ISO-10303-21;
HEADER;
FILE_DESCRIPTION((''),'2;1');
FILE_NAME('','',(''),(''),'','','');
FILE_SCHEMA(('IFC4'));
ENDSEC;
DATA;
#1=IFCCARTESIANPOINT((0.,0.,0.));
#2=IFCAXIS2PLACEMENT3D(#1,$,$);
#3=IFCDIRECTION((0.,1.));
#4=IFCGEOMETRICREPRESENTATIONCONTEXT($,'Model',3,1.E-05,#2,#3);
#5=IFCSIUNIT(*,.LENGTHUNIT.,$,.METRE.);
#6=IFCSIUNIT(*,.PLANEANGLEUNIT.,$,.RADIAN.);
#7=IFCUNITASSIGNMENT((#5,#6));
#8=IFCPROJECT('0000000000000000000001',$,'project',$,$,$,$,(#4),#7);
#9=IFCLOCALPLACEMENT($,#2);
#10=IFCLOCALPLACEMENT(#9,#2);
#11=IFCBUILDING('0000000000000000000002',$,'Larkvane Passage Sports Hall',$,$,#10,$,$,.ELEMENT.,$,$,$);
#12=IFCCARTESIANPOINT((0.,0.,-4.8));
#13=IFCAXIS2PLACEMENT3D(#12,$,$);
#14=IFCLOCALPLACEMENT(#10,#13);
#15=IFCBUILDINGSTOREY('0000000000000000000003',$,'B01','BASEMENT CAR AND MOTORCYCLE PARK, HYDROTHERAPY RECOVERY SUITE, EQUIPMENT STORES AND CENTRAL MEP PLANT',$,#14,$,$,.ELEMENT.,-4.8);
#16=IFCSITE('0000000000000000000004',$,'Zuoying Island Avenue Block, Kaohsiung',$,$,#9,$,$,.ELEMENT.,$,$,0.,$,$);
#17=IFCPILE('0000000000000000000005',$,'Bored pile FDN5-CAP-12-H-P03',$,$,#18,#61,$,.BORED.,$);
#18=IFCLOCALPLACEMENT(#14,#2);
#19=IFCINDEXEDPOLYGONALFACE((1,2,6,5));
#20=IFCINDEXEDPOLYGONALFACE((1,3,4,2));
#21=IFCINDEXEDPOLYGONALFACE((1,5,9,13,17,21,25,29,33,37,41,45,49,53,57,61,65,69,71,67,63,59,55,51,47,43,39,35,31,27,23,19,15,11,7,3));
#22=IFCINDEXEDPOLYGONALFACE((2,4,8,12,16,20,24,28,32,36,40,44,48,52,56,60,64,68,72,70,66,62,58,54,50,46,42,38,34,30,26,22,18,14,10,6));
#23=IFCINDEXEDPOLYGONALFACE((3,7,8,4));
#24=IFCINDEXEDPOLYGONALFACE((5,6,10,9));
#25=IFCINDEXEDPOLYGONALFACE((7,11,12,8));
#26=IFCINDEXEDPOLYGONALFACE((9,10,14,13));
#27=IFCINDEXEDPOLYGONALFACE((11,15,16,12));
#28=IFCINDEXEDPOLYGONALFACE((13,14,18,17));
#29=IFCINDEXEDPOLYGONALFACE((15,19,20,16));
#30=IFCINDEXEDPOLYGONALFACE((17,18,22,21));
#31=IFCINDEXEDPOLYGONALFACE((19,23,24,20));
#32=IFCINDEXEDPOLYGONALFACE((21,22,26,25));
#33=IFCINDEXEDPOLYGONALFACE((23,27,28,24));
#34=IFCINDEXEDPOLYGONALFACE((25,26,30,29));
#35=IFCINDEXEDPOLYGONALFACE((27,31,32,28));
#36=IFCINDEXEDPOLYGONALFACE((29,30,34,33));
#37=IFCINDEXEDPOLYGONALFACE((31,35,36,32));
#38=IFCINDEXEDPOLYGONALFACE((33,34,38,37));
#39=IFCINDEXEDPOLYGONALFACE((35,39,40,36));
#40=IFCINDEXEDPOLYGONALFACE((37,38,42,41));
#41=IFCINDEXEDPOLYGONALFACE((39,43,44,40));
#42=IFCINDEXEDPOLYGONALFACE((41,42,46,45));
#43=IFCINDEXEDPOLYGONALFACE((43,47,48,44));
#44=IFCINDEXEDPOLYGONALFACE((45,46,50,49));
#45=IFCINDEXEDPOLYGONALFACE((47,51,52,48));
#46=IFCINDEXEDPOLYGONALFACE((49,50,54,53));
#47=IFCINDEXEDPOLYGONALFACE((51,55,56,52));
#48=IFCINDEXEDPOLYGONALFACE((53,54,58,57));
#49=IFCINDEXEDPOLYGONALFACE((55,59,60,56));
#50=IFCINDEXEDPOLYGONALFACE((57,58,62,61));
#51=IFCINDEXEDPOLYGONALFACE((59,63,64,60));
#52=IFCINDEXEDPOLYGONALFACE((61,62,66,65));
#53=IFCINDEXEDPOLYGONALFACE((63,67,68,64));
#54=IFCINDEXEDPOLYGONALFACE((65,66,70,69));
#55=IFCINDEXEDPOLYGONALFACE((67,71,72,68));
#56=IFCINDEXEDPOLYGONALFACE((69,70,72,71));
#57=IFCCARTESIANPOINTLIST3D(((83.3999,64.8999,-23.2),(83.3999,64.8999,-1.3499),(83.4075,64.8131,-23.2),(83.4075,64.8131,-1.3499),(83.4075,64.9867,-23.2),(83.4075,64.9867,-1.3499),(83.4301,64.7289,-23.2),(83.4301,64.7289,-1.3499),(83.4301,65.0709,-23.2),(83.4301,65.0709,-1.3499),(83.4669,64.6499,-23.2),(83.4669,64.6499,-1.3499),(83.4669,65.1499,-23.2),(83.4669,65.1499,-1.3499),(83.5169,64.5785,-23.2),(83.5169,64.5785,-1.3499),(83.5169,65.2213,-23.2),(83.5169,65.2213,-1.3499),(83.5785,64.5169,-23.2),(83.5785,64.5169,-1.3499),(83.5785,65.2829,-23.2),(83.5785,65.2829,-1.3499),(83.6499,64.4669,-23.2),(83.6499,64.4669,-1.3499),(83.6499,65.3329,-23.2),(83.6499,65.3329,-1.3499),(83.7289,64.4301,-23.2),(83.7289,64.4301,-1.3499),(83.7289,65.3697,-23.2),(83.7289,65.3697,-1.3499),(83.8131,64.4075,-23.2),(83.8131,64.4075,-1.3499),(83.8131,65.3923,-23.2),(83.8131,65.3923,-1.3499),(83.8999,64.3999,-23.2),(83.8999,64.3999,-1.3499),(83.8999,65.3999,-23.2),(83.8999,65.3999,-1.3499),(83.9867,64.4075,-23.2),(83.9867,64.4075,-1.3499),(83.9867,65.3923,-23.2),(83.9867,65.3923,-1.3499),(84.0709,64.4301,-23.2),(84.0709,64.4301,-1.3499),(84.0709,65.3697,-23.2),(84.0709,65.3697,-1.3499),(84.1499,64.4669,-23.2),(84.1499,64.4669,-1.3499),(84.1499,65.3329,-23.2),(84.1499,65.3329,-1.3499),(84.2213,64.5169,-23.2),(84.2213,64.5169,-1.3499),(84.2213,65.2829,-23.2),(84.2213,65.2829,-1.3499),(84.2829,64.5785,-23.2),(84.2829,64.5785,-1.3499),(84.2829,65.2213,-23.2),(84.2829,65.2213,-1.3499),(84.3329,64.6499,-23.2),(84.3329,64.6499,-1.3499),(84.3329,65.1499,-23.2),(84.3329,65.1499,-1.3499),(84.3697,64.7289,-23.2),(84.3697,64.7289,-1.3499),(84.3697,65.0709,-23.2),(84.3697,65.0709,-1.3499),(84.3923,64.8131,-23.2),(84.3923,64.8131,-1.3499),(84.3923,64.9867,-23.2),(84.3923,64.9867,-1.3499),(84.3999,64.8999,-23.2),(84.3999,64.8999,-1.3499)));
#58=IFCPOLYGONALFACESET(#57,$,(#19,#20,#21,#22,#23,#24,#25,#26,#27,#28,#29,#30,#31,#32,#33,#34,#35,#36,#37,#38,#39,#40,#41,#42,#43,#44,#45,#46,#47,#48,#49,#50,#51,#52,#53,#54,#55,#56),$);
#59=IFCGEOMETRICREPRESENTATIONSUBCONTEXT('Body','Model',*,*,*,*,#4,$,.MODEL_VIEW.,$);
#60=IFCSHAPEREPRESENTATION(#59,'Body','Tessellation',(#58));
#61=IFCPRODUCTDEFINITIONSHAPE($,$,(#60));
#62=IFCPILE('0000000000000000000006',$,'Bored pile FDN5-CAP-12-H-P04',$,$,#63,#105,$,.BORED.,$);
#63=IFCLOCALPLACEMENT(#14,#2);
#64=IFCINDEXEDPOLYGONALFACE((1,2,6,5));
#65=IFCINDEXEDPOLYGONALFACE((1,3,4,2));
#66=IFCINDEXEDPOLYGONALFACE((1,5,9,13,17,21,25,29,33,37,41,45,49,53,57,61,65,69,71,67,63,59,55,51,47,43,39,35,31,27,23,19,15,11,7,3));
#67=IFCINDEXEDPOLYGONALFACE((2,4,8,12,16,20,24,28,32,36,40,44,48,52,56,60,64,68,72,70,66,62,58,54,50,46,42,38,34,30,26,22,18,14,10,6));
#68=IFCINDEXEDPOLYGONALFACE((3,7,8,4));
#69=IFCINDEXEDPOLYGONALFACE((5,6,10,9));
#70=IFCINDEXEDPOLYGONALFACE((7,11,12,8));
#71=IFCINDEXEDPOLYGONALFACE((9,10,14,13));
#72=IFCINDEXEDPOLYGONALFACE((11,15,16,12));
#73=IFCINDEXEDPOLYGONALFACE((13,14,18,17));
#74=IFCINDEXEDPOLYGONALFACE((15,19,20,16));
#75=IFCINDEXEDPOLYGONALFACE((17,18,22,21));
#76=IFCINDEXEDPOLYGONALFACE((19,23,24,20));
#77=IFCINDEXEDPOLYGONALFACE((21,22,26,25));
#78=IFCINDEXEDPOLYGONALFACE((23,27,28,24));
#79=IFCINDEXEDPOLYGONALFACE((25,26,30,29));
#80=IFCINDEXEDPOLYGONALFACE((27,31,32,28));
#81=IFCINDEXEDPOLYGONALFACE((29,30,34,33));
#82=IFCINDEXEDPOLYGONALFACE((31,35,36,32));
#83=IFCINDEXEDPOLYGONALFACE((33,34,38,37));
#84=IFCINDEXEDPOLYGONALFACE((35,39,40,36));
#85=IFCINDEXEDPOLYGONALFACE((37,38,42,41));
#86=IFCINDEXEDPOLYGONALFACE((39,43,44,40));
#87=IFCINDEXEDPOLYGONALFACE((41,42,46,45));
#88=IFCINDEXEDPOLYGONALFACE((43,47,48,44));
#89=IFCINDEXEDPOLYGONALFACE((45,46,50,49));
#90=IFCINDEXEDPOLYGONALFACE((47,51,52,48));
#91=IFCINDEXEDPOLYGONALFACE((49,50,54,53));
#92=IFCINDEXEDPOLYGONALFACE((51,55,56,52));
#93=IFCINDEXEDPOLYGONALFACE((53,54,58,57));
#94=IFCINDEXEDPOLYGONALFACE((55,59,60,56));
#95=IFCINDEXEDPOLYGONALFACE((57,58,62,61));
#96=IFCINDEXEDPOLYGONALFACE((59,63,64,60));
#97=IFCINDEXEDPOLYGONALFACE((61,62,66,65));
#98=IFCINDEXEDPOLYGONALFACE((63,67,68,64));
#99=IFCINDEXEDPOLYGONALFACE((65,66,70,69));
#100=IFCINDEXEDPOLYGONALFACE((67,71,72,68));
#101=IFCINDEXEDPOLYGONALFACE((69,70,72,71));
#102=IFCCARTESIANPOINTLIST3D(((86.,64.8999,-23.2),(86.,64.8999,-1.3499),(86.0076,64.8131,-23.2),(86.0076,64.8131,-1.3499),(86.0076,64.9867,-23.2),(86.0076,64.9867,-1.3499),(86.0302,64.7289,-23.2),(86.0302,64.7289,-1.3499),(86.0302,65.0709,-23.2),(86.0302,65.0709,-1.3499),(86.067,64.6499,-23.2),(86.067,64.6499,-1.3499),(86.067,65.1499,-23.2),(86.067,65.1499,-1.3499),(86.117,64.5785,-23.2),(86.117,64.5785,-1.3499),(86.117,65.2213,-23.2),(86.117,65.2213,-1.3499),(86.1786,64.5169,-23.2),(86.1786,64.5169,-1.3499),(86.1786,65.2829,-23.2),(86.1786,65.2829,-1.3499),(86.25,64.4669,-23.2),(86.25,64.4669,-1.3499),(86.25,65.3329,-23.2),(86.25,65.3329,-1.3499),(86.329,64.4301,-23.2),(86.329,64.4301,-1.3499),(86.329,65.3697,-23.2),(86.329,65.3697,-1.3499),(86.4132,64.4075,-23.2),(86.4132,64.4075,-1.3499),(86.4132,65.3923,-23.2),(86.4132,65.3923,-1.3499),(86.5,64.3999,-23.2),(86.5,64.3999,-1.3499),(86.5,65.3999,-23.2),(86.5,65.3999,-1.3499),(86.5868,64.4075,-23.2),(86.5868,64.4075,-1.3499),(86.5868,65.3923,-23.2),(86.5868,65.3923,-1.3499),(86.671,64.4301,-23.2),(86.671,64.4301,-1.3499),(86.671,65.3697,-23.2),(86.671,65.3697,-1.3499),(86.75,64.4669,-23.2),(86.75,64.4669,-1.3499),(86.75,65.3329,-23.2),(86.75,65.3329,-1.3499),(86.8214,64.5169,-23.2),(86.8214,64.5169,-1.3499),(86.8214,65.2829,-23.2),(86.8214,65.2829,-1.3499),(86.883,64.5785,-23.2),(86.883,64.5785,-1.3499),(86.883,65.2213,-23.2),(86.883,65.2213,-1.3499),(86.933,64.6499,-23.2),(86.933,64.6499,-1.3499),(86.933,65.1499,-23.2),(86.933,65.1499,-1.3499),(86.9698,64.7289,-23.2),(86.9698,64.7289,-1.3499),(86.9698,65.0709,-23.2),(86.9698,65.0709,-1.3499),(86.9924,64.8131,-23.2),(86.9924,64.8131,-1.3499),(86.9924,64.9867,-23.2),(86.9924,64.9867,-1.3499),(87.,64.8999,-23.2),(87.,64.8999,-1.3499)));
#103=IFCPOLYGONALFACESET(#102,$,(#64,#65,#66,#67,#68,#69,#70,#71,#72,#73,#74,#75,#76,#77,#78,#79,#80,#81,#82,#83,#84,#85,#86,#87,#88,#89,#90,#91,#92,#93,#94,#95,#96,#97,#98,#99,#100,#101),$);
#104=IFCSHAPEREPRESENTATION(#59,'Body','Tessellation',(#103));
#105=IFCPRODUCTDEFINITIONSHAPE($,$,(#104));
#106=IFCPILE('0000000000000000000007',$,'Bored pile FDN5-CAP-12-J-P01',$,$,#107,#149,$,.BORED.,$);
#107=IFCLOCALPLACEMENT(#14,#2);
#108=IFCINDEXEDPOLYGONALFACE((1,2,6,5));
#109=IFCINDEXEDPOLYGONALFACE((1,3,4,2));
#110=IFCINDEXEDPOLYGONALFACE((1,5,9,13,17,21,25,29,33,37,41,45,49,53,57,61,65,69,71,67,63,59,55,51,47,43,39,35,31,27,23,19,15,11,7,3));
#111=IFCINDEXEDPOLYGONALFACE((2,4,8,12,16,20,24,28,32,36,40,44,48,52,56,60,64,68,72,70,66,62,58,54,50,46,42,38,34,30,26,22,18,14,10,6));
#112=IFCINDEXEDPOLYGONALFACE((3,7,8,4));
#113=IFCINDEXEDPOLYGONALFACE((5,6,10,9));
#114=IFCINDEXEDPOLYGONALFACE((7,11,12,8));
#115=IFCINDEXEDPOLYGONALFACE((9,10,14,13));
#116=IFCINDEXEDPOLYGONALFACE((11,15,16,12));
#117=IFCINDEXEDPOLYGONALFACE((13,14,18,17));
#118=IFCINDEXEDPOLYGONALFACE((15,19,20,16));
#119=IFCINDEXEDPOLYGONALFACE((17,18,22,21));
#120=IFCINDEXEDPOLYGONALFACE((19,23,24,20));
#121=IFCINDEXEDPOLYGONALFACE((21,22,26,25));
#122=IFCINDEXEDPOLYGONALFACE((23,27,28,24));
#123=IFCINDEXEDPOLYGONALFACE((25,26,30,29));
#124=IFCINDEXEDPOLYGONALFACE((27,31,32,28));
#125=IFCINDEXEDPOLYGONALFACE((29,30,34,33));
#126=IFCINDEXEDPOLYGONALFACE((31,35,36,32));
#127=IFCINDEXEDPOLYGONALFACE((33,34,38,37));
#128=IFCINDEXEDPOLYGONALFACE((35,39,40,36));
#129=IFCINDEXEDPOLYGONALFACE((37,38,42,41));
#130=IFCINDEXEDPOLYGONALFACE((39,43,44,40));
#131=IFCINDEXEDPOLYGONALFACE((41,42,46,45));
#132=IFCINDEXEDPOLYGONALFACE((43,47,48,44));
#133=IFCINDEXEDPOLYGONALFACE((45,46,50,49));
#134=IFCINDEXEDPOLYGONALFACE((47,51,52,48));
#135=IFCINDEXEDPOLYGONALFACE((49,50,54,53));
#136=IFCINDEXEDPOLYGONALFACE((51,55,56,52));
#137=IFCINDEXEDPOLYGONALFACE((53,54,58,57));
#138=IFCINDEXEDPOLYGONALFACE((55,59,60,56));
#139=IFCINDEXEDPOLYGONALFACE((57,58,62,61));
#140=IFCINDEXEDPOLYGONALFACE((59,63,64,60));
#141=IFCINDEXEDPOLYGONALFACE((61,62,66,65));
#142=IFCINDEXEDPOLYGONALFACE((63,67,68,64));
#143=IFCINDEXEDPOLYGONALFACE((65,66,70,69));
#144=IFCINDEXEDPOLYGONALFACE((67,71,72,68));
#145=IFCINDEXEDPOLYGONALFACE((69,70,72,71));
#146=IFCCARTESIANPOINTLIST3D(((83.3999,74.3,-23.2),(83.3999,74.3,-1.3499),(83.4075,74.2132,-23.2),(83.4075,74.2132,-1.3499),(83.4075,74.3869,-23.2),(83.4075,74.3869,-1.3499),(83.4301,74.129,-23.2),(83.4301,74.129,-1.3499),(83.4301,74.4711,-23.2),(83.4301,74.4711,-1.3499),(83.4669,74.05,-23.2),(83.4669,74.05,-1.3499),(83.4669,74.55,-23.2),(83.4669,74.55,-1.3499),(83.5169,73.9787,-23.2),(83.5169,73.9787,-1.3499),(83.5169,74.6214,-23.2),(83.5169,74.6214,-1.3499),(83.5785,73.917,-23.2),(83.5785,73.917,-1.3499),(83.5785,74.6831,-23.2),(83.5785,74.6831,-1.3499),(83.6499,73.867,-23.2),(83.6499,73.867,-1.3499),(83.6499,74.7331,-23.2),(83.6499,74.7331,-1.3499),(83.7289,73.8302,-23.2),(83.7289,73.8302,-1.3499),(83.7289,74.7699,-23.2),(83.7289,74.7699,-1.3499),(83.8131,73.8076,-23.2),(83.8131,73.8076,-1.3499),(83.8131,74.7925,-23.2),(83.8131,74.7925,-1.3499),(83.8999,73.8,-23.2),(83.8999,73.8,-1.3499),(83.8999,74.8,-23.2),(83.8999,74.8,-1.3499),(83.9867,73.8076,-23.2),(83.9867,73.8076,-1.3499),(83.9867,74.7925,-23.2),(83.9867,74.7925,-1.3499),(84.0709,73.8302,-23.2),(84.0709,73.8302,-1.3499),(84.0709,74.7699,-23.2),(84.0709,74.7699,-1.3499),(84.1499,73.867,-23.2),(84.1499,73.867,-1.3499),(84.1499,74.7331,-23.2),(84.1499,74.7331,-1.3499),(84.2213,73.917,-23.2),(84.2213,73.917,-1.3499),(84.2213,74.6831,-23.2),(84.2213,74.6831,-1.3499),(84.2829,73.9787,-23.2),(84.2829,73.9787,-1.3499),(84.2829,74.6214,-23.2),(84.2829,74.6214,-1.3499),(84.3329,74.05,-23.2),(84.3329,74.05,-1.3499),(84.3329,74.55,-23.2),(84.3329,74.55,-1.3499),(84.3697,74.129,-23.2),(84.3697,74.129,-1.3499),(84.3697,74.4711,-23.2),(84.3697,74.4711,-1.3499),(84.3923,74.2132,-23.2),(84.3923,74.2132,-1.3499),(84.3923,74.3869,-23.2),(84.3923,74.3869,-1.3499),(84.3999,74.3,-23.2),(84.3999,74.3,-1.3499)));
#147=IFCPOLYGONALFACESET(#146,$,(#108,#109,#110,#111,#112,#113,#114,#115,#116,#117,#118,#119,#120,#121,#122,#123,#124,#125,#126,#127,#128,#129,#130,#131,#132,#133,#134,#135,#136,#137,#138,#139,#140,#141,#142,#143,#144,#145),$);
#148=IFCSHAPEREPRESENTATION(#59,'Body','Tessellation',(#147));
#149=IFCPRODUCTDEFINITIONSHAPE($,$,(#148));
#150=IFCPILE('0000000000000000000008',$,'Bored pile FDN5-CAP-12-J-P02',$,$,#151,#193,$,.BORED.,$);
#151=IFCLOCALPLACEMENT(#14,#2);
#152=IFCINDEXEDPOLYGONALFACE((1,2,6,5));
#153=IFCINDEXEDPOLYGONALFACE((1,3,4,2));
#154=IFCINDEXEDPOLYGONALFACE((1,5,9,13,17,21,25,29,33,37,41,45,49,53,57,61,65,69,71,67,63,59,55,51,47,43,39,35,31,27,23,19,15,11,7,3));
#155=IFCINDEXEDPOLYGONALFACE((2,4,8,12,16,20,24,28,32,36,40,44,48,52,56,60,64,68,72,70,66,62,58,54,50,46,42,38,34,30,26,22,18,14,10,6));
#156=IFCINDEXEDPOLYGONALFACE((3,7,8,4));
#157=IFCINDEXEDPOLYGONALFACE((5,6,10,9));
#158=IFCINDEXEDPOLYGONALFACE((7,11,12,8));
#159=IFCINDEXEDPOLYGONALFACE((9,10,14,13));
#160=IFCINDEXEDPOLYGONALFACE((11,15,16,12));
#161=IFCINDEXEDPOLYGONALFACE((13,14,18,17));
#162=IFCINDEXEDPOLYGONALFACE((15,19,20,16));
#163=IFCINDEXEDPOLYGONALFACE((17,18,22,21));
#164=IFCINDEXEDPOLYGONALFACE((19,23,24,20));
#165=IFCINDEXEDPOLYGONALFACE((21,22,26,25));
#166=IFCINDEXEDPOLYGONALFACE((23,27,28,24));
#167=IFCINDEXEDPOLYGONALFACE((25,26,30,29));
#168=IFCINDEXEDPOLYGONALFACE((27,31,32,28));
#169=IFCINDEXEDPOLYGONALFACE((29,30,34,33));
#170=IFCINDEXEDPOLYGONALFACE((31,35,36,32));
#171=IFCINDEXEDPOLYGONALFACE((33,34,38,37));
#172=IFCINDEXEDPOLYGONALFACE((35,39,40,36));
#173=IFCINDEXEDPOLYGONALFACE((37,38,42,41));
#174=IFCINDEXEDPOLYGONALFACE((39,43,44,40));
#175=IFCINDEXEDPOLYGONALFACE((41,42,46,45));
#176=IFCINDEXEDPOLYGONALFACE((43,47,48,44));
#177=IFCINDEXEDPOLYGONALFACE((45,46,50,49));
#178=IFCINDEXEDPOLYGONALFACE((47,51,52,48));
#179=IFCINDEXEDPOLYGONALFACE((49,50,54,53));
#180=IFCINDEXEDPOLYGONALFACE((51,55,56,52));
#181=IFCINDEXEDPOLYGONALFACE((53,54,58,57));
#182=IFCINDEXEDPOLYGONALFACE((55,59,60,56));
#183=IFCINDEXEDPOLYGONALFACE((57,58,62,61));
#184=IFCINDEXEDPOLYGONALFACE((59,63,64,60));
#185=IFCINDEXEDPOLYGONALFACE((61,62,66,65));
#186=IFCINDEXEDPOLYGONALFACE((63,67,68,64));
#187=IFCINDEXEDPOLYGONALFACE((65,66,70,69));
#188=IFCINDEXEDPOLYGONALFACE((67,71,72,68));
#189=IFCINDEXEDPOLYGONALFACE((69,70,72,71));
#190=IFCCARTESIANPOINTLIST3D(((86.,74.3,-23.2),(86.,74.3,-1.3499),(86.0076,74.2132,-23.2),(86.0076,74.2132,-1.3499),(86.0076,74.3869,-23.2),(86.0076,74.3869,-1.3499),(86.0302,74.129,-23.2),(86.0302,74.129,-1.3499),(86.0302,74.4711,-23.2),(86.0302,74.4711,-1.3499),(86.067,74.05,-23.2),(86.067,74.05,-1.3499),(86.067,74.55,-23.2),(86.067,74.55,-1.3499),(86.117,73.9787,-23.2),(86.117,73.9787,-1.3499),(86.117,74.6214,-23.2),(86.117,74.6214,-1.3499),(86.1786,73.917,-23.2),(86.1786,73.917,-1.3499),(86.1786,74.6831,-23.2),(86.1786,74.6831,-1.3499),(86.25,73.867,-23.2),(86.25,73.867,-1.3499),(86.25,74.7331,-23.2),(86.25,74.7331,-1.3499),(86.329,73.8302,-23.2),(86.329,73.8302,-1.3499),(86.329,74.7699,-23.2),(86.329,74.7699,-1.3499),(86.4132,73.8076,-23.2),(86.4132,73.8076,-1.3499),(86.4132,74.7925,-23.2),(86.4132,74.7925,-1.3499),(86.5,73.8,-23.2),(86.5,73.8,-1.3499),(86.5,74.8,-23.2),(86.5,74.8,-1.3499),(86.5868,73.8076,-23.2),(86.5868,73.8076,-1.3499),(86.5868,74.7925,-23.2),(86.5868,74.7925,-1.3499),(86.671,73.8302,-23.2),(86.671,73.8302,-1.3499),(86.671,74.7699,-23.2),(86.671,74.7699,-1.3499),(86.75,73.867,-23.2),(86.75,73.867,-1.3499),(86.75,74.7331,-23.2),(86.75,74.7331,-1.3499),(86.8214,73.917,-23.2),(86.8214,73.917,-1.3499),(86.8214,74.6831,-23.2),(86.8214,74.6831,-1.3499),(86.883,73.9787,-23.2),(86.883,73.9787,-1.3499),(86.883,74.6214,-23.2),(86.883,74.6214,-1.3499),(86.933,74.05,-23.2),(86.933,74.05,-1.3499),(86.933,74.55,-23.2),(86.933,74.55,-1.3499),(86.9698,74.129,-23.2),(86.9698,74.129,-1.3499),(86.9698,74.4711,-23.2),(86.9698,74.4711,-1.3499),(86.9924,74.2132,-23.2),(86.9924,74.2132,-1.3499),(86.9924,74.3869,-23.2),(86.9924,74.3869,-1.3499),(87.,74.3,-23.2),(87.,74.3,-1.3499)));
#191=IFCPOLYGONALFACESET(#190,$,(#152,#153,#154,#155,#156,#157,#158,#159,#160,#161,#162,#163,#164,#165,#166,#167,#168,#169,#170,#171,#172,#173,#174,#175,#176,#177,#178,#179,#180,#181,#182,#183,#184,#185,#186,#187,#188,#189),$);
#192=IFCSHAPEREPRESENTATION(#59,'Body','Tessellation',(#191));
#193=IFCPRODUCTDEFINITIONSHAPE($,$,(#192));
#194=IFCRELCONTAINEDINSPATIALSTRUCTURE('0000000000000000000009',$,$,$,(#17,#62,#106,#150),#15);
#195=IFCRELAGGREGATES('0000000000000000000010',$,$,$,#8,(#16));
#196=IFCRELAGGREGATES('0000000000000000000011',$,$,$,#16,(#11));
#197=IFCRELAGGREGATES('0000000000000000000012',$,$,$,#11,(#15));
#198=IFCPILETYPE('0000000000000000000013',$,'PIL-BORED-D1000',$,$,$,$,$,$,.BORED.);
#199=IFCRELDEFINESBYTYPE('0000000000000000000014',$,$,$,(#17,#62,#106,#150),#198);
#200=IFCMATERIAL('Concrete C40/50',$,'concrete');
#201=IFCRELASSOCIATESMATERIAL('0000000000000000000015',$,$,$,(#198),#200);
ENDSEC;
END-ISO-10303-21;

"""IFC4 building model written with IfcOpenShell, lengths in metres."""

from ifc_helpers import new_model, si_unit, direction, frame, origin, origin_2d, place, context, subcontext, project, spatial, circle, extrude, material, material_profile, profile_set, type_object, element, save


model = new_model("IFC4")

# Units and contexts
model_context = context("Model", 3, precision=1e-05, world=origin(), true_north=direction((0.0, 1.0)))
body_context = subcontext(model_context, "Body", "Model", "MODEL_VIEW")
ifc_project = project(units=[si_unit("LENGTHUNIT", "METRE"), si_unit("PLANEANGLEUNIT", "RADIAN")], contexts=[model_context])

# Site, building, storey
site_placement = place(None, origin())
site = spatial("IfcSite", under=ifc_project, at=site_placement, Name="Zuoying Island Avenue Block, Kaohsiung", CompositionType="ELEMENT", RefElevation=0.0)
building_placement = place(site_placement, origin())
building = spatial("IfcBuilding", under=site, at=building_placement, Name="Larkvane Passage Sports Hall", CompositionType="ELEMENT")
storey_placement = place(building_placement, frame((0.0, 0.0, -4.8)))
storey = spatial("IfcBuildingStorey", under=building, at=storey_placement, Name="B01", Description="BASEMENT CAR AND MOTORCYCLE PARK, HYDROTHERAPY RECOVERY SUITE, EQUIPMENT STORES AND CENTRAL MEP PLANT", CompositionType="ELEMENT", Elevation=-4.8)

# Shared definitions
ifc_material_1 = material(Name="Concrete C40/50", Category="concrete")

# Piles
ifc_material_profile_1 = material_profile(ifc_material_1, circle(Radius=0.5, at=origin_2d()), Name="PILE-D1000")
ifc_profile_set_1 = profile_set([ifc_material_profile_1], Name="Concrete C40/50")
pile_type_1 = type_object("IfcPileType", Name="PIL-BORED-D1000", PredefinedType="BORED", material=ifc_profile_set_1)
for number, where, z_axis, x_axis, name in (
    (1, (83.8999, 64.8999, -1.3499), (0.0, 0.0, -1.0), (1.0, 0.0, 0.0), "Bored pile FDN5-CAP-12-H-P03"),
    (2, (86.5, 64.8999, -1.3499), (0.0, 0.0, -1.0), (1.0, 0.0, 0.0), "Bored pile FDN5-CAP-12-H-P04"),
    (3, (83.8999, 74.3, -1.3499), (0.0, 0.0, -1.0), (1.0, 0.0, 0.0), "Bored pile FDN5-CAP-12-J-P01"),
    (4, (86.5, 74.3, -1.3499), (0.0, 0.0, -1.0), (1.0, 0.0, 0.0), "Bored pile FDN5-CAP-12-J-P02"),
):
    element("IfcPile", number, at=place(storey_placement, frame(where, z_axis=z_axis, x_axis=x_axis)), inside=storey, type_object=pile_type_1, Name=name, PredefinedType="BORED", context=body_context, shape_type="SweptSolid", body=[
        extrude(circle(Radius=0.5, at=origin_2d()), origin(), (0.0, 0.0, 1.0), 21.8501),
    ])

save(model, "model.ifc")
